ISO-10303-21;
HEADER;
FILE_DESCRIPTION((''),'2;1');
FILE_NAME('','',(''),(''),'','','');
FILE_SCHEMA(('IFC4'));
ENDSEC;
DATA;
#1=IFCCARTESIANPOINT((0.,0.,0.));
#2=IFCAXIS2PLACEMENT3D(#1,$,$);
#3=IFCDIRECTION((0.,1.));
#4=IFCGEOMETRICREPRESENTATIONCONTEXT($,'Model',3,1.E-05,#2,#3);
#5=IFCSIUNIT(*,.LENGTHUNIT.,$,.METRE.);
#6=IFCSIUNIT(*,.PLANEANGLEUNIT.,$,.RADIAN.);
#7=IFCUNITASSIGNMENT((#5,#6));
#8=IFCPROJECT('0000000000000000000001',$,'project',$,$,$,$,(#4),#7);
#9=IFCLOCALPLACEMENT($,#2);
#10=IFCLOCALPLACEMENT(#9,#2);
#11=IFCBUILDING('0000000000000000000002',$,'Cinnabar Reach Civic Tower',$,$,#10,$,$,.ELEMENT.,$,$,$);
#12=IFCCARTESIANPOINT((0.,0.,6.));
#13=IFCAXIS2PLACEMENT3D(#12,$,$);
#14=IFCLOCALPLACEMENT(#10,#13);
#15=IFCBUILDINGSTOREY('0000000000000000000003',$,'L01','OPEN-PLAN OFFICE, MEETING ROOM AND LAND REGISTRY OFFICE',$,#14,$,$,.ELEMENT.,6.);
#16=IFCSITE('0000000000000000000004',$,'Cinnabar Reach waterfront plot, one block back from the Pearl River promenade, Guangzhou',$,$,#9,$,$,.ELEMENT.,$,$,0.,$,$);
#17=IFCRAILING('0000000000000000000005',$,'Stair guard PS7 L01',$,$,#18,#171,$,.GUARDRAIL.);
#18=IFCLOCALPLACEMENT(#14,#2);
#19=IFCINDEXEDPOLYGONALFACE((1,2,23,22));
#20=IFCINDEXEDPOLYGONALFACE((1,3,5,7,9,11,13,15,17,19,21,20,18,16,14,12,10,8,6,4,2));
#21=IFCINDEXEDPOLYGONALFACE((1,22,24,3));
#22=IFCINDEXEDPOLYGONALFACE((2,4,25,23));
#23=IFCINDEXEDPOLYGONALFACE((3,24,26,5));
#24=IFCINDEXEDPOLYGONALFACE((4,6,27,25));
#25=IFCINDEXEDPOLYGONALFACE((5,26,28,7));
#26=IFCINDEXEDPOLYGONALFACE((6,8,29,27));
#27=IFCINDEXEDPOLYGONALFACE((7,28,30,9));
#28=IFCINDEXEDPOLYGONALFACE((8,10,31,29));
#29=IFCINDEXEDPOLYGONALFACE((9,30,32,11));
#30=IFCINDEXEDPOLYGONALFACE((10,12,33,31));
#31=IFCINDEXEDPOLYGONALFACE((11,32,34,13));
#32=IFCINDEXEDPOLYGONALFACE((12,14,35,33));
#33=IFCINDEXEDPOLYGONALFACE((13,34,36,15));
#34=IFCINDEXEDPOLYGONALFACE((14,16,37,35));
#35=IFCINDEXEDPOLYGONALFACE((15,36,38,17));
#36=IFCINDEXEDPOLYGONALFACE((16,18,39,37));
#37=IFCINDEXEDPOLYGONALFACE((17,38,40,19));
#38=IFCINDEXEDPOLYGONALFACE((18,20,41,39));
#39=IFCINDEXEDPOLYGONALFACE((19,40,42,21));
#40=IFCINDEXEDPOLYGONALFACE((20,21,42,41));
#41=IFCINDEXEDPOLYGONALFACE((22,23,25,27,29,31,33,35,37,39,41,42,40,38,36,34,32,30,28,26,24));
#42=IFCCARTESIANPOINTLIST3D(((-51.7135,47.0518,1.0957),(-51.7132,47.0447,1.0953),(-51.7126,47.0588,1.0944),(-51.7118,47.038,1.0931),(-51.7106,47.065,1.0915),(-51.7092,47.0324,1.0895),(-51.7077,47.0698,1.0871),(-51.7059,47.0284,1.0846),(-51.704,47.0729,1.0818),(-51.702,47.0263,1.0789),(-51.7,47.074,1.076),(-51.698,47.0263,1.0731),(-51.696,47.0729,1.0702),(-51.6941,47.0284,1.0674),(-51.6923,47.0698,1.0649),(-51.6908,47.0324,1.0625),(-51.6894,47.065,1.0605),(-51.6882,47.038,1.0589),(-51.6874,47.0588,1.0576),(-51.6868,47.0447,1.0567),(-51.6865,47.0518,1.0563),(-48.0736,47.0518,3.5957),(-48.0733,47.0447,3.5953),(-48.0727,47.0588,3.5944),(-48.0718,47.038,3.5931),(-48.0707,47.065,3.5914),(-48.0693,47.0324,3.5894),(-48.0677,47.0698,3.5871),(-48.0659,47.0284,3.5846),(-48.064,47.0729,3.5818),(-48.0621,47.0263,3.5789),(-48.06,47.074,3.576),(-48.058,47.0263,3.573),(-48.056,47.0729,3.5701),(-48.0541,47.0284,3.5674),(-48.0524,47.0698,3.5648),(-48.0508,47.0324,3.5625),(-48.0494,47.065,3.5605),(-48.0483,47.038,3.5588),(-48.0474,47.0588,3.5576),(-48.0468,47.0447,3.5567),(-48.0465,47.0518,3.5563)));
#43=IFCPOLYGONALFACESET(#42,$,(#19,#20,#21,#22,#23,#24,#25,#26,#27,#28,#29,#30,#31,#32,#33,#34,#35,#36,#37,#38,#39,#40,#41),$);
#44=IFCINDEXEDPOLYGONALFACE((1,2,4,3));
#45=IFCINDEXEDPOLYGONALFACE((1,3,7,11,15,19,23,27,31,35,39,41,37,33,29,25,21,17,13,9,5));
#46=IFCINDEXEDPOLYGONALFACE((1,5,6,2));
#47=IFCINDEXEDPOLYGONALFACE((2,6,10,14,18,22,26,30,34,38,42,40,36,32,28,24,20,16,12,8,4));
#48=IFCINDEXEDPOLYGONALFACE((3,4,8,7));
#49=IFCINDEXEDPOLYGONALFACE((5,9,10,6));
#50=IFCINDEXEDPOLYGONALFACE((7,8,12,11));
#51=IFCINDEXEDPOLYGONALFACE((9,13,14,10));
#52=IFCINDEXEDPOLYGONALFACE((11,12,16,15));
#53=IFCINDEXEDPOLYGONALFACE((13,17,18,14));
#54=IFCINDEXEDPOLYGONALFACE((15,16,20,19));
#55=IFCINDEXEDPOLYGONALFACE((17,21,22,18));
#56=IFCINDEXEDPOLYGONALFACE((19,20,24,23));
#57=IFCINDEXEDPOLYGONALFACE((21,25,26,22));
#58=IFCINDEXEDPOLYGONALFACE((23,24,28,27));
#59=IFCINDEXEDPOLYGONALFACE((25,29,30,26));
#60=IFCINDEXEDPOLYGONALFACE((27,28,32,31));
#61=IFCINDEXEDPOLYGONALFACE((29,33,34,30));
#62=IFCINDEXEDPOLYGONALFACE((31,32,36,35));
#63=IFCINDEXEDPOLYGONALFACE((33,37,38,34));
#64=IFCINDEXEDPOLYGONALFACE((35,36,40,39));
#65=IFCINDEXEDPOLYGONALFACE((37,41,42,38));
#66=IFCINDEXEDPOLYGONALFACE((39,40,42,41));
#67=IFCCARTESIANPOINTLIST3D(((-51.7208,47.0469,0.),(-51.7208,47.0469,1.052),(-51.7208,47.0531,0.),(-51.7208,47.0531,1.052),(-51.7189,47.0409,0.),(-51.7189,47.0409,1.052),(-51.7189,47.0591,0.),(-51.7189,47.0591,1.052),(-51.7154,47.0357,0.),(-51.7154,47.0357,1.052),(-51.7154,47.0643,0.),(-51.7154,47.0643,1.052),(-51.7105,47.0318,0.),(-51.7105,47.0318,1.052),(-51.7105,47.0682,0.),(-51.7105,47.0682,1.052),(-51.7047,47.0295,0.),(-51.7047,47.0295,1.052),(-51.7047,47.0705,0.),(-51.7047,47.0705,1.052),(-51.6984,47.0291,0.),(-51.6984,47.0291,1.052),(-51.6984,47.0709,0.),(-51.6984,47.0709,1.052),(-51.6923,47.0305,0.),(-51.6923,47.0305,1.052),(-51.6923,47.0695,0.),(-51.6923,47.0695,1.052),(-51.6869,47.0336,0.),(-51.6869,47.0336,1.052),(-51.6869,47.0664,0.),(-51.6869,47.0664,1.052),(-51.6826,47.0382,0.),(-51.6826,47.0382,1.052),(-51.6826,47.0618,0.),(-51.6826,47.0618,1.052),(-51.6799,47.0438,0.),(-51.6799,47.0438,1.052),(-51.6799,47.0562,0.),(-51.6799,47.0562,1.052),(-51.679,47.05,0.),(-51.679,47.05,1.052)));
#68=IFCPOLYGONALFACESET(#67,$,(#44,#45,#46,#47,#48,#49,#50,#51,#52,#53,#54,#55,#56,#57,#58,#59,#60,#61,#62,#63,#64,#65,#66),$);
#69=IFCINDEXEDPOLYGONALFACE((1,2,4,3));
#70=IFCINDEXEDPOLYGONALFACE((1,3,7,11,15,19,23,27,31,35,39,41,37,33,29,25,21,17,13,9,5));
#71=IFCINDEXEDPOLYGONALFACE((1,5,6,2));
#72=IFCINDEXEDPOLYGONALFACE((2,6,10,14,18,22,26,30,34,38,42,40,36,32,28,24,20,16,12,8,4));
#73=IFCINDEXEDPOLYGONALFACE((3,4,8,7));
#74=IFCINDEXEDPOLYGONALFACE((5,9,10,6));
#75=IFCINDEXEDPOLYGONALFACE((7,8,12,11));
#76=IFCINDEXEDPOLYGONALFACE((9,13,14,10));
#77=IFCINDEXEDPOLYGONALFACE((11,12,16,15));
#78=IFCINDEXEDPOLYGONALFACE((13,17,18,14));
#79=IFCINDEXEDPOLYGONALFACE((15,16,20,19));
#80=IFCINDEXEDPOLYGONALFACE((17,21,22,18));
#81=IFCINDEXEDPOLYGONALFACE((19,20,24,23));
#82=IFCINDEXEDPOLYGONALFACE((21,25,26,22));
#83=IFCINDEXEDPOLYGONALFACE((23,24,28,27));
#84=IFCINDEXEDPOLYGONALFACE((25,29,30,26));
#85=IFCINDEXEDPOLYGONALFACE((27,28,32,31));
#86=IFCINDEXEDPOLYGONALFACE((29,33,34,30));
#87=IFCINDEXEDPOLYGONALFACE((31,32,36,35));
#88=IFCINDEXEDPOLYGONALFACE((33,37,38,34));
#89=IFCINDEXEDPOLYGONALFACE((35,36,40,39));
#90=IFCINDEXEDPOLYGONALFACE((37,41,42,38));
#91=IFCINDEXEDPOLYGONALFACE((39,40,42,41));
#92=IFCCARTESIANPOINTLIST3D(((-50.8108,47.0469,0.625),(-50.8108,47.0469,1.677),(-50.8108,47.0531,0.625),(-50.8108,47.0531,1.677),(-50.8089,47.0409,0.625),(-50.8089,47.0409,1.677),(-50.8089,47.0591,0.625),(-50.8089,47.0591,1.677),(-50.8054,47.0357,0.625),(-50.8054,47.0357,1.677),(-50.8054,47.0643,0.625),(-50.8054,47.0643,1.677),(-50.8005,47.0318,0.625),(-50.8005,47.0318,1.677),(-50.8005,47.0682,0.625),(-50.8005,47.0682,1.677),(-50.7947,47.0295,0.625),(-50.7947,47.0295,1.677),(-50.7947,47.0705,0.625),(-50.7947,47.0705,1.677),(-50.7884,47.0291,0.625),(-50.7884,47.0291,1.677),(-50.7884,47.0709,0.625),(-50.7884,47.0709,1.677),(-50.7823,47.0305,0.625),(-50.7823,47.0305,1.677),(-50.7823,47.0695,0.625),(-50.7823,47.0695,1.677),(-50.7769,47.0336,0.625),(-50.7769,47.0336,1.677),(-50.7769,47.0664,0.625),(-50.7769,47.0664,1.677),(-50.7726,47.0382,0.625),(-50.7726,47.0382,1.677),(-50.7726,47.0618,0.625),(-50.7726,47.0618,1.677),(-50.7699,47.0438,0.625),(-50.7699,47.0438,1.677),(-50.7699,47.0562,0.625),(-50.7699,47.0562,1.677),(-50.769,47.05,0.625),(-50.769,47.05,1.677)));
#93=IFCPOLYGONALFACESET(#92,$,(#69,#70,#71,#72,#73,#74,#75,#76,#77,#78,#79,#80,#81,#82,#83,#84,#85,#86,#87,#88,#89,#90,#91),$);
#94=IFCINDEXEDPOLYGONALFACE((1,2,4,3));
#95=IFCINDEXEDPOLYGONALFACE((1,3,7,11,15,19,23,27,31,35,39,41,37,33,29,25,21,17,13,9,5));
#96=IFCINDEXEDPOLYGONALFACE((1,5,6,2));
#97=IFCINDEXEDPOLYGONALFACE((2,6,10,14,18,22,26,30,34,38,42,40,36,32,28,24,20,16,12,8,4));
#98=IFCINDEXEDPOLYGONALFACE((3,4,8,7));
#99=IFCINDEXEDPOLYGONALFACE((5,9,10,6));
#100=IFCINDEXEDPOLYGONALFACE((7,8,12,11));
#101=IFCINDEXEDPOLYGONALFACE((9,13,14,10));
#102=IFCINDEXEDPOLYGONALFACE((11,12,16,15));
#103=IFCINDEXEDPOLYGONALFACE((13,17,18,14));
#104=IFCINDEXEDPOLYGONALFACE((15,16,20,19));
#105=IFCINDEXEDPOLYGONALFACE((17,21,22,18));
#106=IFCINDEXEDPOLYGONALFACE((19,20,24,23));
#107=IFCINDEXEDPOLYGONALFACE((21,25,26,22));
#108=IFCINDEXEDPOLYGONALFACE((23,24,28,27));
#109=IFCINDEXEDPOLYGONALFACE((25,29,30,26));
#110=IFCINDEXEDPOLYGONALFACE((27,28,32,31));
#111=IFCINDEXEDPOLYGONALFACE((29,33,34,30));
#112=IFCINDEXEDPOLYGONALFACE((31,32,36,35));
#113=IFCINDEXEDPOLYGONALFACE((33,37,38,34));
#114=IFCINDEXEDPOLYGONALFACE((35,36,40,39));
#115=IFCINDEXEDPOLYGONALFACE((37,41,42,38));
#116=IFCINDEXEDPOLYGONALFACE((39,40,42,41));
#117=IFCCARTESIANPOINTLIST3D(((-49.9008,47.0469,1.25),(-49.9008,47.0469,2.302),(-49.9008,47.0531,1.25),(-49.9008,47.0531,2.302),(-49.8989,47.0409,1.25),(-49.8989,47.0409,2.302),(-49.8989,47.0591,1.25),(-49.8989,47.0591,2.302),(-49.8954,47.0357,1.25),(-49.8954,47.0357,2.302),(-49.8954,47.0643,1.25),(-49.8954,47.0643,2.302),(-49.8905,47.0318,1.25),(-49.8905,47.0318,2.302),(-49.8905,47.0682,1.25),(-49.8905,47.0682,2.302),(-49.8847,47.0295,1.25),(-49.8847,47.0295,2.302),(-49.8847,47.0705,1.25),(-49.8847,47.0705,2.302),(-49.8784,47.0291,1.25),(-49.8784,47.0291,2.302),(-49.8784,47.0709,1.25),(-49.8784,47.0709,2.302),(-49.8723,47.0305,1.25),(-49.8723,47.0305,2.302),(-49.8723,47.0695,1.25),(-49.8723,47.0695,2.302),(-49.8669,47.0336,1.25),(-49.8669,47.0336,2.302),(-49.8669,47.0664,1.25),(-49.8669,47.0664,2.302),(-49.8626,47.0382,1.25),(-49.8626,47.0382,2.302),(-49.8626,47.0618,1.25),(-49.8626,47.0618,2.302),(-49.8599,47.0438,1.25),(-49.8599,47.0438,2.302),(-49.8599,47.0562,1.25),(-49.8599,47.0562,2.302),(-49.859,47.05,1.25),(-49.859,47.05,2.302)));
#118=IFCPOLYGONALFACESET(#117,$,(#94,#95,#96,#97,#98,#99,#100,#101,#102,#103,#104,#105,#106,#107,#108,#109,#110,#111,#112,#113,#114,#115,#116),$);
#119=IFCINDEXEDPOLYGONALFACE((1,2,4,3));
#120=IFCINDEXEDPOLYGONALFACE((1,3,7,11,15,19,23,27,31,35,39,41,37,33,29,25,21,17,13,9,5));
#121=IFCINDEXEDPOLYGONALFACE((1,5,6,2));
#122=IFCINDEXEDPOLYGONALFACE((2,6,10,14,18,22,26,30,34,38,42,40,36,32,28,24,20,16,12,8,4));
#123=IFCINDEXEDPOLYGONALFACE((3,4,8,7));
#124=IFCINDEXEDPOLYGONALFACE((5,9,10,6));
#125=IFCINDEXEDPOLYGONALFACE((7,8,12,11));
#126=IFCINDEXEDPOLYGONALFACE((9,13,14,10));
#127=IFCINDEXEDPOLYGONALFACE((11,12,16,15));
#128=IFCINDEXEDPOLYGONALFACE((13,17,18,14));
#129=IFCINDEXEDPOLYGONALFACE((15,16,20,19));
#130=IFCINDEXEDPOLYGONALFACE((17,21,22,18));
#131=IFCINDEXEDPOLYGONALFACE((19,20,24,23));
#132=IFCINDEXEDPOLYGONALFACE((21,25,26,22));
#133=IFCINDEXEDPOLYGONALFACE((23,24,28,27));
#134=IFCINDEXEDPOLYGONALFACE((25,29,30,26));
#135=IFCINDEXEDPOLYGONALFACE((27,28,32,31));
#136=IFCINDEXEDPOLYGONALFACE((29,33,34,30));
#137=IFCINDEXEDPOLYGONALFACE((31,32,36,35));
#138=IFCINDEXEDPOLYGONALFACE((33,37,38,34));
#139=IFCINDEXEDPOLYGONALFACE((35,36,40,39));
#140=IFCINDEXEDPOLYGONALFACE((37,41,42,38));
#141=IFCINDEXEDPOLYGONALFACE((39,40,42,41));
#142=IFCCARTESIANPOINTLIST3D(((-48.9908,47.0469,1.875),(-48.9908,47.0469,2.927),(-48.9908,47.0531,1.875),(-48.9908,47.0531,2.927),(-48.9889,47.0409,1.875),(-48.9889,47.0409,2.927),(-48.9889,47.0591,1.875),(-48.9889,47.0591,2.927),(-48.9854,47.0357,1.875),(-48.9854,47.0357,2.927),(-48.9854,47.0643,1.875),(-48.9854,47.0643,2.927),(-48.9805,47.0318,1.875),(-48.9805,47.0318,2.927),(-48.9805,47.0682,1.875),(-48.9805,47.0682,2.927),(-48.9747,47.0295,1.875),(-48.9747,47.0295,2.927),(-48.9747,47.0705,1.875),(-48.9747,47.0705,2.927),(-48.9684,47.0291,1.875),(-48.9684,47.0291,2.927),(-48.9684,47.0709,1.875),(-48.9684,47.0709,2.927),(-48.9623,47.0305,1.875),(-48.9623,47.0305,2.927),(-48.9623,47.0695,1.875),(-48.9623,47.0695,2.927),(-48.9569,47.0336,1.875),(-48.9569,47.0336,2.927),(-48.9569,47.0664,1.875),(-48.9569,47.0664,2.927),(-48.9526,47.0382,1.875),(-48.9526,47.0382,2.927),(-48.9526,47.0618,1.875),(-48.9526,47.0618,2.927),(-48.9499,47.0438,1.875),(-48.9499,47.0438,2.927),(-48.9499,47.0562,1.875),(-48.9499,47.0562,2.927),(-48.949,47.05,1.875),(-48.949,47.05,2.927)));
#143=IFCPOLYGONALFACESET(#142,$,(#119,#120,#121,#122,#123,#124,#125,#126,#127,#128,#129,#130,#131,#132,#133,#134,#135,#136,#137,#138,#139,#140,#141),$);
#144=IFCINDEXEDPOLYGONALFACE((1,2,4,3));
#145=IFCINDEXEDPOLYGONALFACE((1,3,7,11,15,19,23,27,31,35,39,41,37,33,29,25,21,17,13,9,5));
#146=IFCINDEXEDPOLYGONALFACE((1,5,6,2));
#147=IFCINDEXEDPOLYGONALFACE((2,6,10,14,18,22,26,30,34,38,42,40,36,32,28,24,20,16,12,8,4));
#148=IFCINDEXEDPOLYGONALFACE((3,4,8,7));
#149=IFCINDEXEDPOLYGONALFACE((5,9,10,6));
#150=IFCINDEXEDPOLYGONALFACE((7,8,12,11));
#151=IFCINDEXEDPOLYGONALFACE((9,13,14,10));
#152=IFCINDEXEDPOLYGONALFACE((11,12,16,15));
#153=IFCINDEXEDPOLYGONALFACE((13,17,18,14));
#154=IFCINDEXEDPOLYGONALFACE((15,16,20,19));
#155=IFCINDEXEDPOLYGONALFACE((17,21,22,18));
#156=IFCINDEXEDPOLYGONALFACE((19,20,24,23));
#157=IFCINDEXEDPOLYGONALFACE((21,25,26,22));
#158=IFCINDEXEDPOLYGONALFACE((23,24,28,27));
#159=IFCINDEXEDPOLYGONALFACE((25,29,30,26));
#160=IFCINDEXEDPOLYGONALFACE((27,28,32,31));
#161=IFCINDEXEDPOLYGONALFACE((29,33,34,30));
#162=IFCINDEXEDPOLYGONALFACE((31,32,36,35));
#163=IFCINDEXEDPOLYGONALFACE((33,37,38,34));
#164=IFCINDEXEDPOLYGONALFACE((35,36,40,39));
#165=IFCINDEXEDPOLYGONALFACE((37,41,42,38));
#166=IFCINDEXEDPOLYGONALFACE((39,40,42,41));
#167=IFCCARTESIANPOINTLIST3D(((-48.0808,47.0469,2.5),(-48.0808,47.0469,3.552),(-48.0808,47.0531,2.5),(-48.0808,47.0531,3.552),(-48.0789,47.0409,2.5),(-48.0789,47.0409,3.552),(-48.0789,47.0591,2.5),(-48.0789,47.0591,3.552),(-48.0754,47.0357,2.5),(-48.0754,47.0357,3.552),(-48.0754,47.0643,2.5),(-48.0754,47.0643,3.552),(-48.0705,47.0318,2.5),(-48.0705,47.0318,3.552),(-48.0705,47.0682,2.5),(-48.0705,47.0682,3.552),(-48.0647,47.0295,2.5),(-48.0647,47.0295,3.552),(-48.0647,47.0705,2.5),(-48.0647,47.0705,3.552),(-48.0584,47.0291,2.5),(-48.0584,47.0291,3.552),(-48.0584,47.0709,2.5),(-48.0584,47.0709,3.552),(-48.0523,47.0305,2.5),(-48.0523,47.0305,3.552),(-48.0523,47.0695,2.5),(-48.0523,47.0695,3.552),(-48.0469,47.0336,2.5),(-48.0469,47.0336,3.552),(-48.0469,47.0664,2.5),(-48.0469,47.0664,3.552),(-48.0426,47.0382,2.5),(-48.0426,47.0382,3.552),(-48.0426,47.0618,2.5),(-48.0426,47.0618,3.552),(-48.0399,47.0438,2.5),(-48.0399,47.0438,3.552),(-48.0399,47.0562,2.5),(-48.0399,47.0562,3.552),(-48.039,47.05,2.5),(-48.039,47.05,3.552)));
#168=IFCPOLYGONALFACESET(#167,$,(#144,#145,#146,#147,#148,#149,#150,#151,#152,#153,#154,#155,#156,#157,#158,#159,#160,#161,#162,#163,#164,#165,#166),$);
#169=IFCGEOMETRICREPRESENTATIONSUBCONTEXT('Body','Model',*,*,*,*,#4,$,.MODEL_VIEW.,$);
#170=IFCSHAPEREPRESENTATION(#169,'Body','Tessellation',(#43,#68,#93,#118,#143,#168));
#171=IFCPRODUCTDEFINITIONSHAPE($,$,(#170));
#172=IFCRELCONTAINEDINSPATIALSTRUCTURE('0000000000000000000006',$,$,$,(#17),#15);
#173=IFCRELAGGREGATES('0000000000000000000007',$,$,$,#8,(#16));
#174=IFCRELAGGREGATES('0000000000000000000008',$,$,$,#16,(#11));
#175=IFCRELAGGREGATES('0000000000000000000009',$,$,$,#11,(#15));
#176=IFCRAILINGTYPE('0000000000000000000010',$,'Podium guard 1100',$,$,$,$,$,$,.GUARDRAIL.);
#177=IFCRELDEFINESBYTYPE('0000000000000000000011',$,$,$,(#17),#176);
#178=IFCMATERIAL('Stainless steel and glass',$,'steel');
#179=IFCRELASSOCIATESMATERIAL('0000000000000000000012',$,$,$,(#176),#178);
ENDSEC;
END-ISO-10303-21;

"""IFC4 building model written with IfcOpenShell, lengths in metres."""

from ifc_helpers import new_model, si_unit, direction, frame, origin, origin_2d, place, context, subcontext, project, spatial, circle, extrude, material, type_object, element, save


model = new_model("IFC4")

# Units and contexts
model_context = context("Model", 3, precision=1e-05, world=origin(), true_north=direction((0.0, 1.0)))
body_context = subcontext(model_context, "Body", "Model", "MODEL_VIEW")
ifc_project = project(units=[si_unit("LENGTHUNIT", "METRE"), si_unit("PLANEANGLEUNIT", "RADIAN")], contexts=[model_context])

# Site, building, storey
site_placement = place(None, origin())
site = spatial("IfcSite", under=ifc_project, at=site_placement, Name="Cinnabar Reach waterfront plot, one block back from the Pearl River promenade, Guangzhou", CompositionType="ELEMENT", RefElevation=0.0)
building_placement = place(site_placement, origin())
building = spatial("IfcBuilding", under=site, at=building_placement, Name="Cinnabar Reach Civic Tower", CompositionType="ELEMENT")
storey_placement = place(building_placement, frame((0.0, 0.0, 6.0)))
storey = spatial("IfcBuildingStorey", under=building, at=storey_placement, Name="L01", Description="OPEN-PLAN OFFICE, MEETING ROOM AND LAND REGISTRY OFFICE", CompositionType="ELEMENT", Elevation=6.0)

# Railing
ifc_material_1 = material(Name="Stainless steel and glass", Category="steel")
railing_type_1 = type_object("IfcRailingType", Name="Podium guard 1100", PredefinedType="GUARDRAIL", material=ifc_material_1)
railing_1_placement = place(storey_placement, frame((-51.7, 47.05, 0.0)))
element("IfcRailing", 1, at=railing_1_placement, inside=storey, type_object=railing_type_1, Name="Stair guard PS7 L01", PredefinedType="GUARDRAIL", context=body_context, shape_type="SweptSolid", body=[
    extrude(circle(Radius=0.024, at=origin_2d()), frame((0.0, 0.0, 1.076), z_axis=(0.824306, 0.0, 0.566144), x_axis=(0.0, 1.0, 0.0)), (0.0, 0.0, 1.0), 4.4158),
    extrude(circle(Radius=0.021, at=origin_2d()), origin(), (0.0, 0.0, 1.0), 1.052),
    extrude(circle(Radius=0.021, at=origin_2d()), frame((0.91, 0.0, 0.625)), (0.0, 0.0, 1.0), 1.052),
    extrude(circle(Radius=0.021, at=origin_2d()), frame((1.82, 0.0, 1.25)), (0.0, 0.0, 1.0), 1.052),
    extrude(circle(Radius=0.021, at=origin_2d()), frame((2.73, 0.0, 1.875)), (0.0, 0.0, 1.0), 1.052),
    extrude(circle(Radius=0.021, at=origin_2d()), frame((3.64, 0.0, 2.5)), (0.0, 0.0, 1.0), 1.052),
])

save(model, "model.ifc")
